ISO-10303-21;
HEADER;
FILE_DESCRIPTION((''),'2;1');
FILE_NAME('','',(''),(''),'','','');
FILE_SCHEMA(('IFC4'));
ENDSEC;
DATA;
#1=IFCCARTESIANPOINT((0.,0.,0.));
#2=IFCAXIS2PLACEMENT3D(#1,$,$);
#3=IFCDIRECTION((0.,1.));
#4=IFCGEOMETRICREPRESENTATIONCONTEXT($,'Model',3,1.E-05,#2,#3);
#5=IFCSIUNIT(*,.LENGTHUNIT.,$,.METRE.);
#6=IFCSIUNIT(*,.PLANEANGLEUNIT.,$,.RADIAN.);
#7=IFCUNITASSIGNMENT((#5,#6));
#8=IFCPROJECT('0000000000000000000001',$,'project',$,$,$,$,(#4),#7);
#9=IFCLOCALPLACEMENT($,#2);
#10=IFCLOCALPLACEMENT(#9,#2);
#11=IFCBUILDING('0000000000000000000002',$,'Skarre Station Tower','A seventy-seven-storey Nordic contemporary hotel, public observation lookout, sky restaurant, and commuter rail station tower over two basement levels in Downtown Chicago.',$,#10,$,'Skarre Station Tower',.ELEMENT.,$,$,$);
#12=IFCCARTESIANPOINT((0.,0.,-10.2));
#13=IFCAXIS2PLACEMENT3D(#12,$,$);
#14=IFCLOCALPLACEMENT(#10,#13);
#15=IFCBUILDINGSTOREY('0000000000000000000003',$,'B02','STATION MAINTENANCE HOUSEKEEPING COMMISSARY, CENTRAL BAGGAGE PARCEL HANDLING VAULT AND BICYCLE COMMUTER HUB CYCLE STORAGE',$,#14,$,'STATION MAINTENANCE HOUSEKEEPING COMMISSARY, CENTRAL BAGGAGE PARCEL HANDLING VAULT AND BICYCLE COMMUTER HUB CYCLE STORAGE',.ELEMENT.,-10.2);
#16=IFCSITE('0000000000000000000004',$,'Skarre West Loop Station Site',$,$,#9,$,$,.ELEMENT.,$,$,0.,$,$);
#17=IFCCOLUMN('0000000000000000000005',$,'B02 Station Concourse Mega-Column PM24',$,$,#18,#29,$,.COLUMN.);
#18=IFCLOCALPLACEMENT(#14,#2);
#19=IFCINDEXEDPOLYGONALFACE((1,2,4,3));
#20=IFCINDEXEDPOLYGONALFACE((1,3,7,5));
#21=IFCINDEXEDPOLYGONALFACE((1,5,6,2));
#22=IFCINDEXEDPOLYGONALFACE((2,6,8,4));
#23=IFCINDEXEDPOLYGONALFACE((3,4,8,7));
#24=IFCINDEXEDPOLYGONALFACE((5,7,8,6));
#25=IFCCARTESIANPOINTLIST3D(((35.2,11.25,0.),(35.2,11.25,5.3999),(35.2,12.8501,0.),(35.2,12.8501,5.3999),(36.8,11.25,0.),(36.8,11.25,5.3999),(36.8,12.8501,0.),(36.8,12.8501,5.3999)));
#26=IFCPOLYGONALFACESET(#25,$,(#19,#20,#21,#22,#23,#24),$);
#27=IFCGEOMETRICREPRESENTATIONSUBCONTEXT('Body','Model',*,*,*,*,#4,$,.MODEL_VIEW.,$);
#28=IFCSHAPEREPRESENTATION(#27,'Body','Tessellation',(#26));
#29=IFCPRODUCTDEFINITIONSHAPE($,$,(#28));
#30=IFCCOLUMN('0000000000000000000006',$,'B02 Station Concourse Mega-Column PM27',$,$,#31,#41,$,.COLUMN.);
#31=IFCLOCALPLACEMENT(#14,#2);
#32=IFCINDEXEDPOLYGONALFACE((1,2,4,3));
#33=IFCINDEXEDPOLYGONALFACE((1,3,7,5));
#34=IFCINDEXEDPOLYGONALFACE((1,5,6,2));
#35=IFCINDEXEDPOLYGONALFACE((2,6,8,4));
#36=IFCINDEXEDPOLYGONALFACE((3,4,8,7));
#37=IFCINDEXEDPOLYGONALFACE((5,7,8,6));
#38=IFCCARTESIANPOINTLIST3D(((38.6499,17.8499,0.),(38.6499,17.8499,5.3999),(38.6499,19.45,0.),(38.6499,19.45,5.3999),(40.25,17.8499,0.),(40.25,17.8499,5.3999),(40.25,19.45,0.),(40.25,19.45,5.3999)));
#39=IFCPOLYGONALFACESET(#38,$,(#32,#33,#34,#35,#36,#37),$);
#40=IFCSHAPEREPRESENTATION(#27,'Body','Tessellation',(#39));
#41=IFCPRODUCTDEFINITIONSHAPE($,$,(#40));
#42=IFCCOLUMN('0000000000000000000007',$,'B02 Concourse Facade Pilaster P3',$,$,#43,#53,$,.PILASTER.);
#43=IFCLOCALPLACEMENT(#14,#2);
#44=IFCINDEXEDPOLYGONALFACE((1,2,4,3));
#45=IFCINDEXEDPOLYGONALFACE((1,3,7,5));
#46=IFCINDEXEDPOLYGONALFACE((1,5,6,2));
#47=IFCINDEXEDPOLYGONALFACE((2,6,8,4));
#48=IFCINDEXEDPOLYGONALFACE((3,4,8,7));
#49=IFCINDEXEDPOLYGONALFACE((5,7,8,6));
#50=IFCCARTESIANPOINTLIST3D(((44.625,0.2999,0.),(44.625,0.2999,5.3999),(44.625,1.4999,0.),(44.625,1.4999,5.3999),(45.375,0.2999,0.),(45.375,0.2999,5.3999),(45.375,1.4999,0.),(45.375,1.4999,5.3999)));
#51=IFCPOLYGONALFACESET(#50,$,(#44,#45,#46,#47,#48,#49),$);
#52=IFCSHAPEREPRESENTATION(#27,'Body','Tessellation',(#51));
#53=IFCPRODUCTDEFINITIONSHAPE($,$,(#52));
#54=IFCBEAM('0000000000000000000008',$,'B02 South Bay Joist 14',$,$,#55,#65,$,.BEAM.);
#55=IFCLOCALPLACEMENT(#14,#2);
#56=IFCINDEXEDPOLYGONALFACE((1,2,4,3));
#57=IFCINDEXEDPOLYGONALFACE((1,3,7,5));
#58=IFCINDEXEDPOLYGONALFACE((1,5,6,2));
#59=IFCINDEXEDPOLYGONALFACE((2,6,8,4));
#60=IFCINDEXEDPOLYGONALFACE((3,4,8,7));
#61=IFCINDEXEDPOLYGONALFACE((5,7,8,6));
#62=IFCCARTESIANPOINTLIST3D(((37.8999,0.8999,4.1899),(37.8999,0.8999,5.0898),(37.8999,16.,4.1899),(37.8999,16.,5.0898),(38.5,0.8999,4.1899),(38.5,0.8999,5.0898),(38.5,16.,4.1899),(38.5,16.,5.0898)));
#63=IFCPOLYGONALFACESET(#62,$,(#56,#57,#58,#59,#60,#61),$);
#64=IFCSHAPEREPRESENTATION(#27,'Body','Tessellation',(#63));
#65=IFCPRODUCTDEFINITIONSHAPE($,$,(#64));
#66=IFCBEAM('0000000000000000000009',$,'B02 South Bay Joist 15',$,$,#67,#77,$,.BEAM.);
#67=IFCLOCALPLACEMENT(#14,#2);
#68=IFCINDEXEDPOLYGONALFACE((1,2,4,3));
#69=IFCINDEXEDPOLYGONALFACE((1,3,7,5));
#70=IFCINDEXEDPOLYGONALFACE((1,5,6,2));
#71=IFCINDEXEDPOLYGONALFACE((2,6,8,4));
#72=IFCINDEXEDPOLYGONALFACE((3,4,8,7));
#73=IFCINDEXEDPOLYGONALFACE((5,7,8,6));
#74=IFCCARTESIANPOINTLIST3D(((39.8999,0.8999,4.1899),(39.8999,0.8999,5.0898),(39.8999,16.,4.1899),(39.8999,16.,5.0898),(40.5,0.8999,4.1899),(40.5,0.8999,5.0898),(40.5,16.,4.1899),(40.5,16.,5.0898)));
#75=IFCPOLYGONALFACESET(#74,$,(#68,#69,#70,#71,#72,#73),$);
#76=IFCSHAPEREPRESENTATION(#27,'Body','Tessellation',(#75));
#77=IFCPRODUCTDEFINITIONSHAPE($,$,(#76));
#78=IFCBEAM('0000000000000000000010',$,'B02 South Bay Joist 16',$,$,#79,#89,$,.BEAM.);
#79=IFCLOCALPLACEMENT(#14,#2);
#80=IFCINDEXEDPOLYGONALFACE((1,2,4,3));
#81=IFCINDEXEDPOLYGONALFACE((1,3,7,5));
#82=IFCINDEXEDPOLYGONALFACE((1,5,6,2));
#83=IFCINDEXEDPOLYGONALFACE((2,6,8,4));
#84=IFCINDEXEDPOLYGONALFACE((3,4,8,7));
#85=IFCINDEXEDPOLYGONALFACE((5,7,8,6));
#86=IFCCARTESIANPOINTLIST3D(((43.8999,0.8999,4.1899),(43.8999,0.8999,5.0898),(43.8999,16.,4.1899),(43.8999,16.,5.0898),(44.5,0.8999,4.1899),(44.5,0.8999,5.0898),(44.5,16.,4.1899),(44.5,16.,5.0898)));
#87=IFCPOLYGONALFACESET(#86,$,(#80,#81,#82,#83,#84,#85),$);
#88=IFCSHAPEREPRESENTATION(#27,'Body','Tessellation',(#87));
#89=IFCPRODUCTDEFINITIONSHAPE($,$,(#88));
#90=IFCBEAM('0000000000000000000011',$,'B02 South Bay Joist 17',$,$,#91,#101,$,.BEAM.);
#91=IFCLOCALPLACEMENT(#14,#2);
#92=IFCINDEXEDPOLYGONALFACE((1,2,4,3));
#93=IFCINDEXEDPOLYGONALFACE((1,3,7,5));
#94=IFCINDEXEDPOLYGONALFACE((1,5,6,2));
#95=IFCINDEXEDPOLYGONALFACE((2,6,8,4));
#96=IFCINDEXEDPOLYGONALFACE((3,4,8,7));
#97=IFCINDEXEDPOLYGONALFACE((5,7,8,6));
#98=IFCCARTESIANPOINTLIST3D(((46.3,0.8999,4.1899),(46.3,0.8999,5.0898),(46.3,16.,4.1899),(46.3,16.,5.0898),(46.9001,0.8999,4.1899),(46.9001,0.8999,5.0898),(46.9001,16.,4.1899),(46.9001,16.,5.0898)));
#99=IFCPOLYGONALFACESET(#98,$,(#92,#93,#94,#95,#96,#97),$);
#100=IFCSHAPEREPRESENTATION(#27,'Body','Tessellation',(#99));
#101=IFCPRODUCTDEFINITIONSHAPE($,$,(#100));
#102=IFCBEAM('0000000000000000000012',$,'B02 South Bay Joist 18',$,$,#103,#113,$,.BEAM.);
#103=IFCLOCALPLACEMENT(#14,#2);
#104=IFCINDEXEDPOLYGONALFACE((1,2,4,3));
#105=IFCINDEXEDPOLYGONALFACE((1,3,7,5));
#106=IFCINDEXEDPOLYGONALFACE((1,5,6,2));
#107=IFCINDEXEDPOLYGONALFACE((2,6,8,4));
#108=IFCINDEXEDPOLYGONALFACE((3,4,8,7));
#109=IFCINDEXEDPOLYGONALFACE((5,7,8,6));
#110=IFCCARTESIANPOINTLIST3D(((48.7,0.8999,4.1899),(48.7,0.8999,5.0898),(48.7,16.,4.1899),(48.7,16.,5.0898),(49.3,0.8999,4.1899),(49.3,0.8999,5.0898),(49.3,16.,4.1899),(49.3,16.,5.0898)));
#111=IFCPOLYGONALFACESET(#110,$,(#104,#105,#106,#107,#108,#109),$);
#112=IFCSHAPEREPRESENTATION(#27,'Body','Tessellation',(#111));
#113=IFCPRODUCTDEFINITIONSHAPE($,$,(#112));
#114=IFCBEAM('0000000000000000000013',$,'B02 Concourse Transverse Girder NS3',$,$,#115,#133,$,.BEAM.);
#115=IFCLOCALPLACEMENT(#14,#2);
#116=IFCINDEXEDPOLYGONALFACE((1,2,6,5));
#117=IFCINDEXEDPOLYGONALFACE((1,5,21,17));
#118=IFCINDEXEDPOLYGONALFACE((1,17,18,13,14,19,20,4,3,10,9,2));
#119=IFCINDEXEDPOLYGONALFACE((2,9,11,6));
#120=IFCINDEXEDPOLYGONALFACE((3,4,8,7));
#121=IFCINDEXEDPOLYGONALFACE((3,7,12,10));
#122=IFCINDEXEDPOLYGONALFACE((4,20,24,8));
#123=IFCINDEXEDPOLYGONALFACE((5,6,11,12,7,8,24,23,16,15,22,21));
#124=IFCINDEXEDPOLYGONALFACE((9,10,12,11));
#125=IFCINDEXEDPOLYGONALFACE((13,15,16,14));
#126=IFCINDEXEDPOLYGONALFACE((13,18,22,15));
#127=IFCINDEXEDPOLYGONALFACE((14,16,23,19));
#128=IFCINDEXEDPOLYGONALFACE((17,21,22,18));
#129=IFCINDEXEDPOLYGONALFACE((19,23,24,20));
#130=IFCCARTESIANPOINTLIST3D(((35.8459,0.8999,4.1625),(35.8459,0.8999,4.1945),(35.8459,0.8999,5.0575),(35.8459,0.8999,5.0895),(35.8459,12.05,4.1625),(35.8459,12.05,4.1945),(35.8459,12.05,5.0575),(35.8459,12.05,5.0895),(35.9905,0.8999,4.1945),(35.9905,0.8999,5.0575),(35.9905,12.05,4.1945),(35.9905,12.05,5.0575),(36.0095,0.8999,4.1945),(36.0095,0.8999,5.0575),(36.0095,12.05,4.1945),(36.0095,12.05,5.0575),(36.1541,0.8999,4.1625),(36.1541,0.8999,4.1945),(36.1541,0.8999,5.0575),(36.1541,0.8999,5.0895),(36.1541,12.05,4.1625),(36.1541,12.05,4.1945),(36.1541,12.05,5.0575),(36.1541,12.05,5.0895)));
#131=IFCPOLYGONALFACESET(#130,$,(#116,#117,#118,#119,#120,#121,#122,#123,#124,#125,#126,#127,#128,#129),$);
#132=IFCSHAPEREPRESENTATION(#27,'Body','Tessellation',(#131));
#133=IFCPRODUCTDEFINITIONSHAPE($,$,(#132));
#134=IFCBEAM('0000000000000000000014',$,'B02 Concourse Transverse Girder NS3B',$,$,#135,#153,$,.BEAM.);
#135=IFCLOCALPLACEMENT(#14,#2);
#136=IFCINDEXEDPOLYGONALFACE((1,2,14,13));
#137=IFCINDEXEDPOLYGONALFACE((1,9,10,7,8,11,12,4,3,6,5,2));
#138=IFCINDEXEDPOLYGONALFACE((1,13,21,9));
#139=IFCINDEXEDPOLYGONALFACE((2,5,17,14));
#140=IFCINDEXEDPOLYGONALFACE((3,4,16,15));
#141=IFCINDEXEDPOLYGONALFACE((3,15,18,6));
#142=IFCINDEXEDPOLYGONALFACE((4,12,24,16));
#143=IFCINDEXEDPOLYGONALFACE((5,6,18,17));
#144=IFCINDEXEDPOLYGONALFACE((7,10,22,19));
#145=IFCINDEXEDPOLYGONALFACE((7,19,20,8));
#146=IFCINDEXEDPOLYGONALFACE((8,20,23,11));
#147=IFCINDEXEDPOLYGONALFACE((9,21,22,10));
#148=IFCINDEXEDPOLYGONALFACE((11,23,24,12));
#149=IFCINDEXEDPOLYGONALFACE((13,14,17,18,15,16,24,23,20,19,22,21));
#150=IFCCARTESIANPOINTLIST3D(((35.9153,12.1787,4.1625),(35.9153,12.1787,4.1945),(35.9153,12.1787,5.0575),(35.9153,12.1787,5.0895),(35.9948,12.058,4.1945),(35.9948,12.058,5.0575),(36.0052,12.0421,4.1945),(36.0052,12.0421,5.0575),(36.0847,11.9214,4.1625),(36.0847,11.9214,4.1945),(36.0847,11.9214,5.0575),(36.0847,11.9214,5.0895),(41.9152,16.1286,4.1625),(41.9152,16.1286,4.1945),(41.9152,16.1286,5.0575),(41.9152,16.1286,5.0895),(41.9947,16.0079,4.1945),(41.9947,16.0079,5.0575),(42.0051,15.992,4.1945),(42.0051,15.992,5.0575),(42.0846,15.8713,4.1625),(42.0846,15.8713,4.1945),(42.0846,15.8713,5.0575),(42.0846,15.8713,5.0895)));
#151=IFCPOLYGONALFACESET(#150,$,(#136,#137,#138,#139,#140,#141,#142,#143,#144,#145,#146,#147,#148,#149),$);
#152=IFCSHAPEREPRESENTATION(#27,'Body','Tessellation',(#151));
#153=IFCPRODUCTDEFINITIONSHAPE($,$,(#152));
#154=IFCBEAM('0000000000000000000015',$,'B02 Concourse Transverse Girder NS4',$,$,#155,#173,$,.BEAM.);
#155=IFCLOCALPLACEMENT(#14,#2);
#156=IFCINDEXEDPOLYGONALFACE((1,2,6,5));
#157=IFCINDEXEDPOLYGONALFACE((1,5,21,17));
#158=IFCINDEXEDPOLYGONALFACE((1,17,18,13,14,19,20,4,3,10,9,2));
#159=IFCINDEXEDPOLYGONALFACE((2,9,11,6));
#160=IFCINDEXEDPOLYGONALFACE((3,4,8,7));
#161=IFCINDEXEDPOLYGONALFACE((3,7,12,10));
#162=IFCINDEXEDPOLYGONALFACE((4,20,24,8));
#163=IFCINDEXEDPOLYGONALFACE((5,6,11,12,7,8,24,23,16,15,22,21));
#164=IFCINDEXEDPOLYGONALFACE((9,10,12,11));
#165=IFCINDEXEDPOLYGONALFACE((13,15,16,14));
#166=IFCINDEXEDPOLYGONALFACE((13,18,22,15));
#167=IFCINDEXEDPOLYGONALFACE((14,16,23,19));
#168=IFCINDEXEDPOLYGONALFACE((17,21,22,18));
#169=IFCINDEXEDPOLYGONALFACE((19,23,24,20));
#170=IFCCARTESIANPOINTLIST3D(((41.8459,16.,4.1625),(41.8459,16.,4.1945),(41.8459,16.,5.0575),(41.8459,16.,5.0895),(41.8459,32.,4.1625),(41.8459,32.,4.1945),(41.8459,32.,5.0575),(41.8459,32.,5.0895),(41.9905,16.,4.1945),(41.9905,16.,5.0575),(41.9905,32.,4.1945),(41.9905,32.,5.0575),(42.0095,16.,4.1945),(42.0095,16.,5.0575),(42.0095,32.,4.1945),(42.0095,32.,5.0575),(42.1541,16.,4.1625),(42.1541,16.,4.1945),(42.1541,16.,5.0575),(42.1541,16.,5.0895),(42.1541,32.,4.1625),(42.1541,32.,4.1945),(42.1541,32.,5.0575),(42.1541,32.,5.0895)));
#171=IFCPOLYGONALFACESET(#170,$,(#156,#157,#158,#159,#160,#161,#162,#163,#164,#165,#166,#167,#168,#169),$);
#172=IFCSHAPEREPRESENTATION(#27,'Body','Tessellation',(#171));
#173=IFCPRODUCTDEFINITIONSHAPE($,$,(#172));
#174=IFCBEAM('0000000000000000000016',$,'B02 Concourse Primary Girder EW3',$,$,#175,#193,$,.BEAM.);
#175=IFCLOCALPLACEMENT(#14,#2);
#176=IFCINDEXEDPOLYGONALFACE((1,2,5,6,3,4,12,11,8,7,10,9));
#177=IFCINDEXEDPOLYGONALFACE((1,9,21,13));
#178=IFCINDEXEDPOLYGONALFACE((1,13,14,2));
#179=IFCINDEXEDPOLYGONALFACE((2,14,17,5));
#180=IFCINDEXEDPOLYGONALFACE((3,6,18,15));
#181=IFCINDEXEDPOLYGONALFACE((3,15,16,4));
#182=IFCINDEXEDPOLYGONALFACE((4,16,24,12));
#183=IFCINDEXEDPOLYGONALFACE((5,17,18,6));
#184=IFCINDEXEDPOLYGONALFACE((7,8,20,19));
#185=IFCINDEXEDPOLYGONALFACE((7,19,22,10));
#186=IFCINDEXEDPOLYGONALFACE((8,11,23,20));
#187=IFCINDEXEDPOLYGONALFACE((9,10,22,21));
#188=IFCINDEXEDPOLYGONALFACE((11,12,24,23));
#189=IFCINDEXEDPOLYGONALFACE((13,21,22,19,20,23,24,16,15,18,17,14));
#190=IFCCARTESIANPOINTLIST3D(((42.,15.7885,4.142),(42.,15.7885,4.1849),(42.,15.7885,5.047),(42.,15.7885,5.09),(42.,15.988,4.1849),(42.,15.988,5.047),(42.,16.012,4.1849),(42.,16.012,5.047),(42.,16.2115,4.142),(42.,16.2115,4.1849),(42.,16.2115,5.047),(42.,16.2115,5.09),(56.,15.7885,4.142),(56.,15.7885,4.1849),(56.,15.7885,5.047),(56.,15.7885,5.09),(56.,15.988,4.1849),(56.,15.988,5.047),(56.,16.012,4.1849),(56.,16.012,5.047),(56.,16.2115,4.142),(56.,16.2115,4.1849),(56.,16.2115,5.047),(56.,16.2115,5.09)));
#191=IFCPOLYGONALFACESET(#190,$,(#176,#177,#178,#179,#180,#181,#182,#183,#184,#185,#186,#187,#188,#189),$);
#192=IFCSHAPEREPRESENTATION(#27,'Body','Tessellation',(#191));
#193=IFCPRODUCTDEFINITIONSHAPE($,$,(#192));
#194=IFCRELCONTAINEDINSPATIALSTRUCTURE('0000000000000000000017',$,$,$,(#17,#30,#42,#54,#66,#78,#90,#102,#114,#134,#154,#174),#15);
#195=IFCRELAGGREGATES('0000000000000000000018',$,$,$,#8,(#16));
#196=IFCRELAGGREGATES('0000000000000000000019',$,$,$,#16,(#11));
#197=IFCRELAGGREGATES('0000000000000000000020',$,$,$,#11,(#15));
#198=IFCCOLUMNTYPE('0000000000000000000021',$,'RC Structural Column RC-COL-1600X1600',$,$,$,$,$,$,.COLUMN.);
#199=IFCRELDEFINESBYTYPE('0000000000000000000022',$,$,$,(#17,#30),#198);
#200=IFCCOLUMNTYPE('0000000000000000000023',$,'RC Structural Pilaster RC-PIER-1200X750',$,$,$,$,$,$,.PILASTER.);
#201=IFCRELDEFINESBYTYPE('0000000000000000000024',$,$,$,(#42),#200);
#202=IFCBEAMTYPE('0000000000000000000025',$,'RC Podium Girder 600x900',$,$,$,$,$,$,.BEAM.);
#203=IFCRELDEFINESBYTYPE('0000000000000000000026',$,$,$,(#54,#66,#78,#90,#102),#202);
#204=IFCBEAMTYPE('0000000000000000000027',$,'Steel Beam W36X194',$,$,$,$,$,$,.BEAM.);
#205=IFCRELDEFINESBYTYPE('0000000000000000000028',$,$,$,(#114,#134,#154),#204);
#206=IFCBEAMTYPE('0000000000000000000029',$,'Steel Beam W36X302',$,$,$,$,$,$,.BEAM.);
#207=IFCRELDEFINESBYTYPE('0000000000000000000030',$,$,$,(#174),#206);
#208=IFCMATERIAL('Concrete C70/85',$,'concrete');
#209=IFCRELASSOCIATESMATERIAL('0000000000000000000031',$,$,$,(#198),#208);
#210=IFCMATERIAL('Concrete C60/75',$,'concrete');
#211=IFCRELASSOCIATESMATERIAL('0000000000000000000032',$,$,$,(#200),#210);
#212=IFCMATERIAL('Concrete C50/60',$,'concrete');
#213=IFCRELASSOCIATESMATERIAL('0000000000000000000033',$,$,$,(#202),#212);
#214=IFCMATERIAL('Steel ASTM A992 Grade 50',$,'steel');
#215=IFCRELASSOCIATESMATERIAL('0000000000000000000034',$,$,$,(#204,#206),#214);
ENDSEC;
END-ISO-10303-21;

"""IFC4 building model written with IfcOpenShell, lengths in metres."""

from ifc_helpers import new_model, si_unit, direction, frame, origin, origin_2d, place, context, subcontext, project, spatial, rectangle, i_section, extrude, material, material_profile, profile_set, type_object, element, save


model = new_model("IFC4")

# Units and contexts
model_context = context("Model", 3, precision=1e-05, world=origin(), true_north=direction((0.0, 1.0)))
body_context = subcontext(model_context, "Body", "Model", "MODEL_VIEW")
ifc_project = project(units=[si_unit("LENGTHUNIT", "METRE"), si_unit("PLANEANGLEUNIT", "RADIAN")], contexts=[model_context])

# Site, building, storey
site_placement = place(None, origin())
site = spatial("IfcSite", under=ifc_project, at=site_placement, Name="Skarre West Loop Station Site", CompositionType="ELEMENT", RefElevation=0.0)
building_placement = place(site_placement, origin())
building = spatial("IfcBuilding", under=site, at=building_placement, Name="Skarre Station Tower", Description="A seventy-seven-storey Nordic contemporary hotel, public observation lookout, sky restaurant, and commuter rail station tower over two basement levels in Downtown Chicago.", LongName="Skarre Station Tower", CompositionType="ELEMENT")
storey_placement = place(building_placement, frame((0.0, 0.0, -10.2)))
storey = spatial("IfcBuildingStorey", under=building, at=storey_placement, Name="B02", Description="STATION MAINTENANCE HOUSEKEEPING COMMISSARY, CENTRAL BAGGAGE PARCEL HANDLING VAULT AND BICYCLE COMMUTER HUB CYCLE STORAGE", LongName="STATION MAINTENANCE HOUSEKEEPING COMMISSARY, CENTRAL BAGGAGE PARCEL HANDLING VAULT AND BICYCLE COMMUTER HUB CYCLE STORAGE", CompositionType="ELEMENT", Elevation=-10.2)

# Shared definitions
ifc_material_1 = material(Name="Concrete C50/60", Category="concrete")

# Columns
ifc_material_2 = material(Name="Concrete C70/85", Category="concrete")
ifc_material_profile_1 = material_profile(ifc_material_2, rectangle(XDim=1.6001, YDim=1.6001, at=origin_2d()), Name="Concrete C70/85")
ifc_profile_set_1 = profile_set([ifc_material_profile_1], Name="Concrete C70/85")
column_type_1 = type_object("IfcColumnType", Name="RC Structural Column RC-COL-1600X1600", PredefinedType="COLUMN", material=ifc_profile_set_1)
for number, where, z_axis, x_axis, name in (
    (1, (36.0, 12.05, 0.0), (0.0, 0.0, 1.0), (1.0, 0.0, 0.0), "B02 Station Concourse Mega-Column PM24"),
    (2, (39.45, 18.6499, 0.0), (0.0, 0.0, 1.0), (1.0, 0.0, 0.0), "B02 Station Concourse Mega-Column PM27"),
):
    element("IfcColumn", number, at=place(storey_placement, frame(where, z_axis=z_axis, x_axis=x_axis)), inside=storey, type_object=column_type_1, Name=name, PredefinedType="COLUMN", context=body_context, shape_type="SweptSolid", body=[
        extrude(rectangle(XDim=1.6001, YDim=1.6001, at=origin_2d()), origin(), (0.0, 0.0, 1.0), 5.3999),
    ])
ifc_material_3 = material(Name="Concrete C60/75", Category="concrete")
ifc_material_profile_2 = material_profile(ifc_material_3, rectangle(XDim=0.75, YDim=1.2, at=origin_2d()), Name="Concrete C60/75")
ifc_profile_set_2 = profile_set([ifc_material_profile_2], Name="Concrete C60/75")
column_type_2 = type_object("IfcColumnType", Name="RC Structural Pilaster RC-PIER-1200X750", PredefinedType="PILASTER", material=ifc_profile_set_2)
column_placement = place(storey_placement, frame((45.0, 0.8999, 0.0), z_axis=(0.0, 0.0, 1.0), x_axis=(1.0, 0.0, 0.0)))
element("IfcColumn", 3, at=column_placement, inside=storey, type_object=column_type_2, Name="B02 Concourse Facade Pilaster P3", PredefinedType="PILASTER", context=body_context, shape_type="SweptSolid", body=[
    extrude(rectangle(XDim=0.75, YDim=1.2, at=origin_2d()), origin(), (0.0, 0.0, 1.0), 5.3999),
])

# Beams
ifc_material_profile_3 = material_profile(ifc_material_1, rectangle(XDim=0.6001, YDim=0.8999, at=origin_2d()), Name="Concrete C50/60")
ifc_profile_set_3 = profile_set([ifc_material_profile_3], Name="Concrete C50/60")
beam_type_1 = type_object("IfcBeamType", Name="RC Podium Girder 600x900", PredefinedType="BEAM", material=ifc_profile_set_3)
for number, where, z_axis, x_axis, name in (
    (4, (38.2, 0.8999, 4.6399), (0.0, 1.0, 0.0), (-1.0, 0.0, 0.0), "B02 South Bay Joist 14"),
    (5, (40.2, 0.8999, 4.6399), (0.0, 1.0, 0.0), (-1.0, 0.0, 0.0), "B02 South Bay Joist 15"),
    (6, (44.2, 0.8999, 4.6399), (0.0, 1.0, 0.0), (-1.0, 0.0, 0.0), "B02 South Bay Joist 16"),
    (7, (46.6001, 0.8999, 4.6399), (0.0, 1.0, 0.0), (-1.0, 0.0, 0.0), "B02 South Bay Joist 17"),
    (8, (49.0, 0.8999, 4.6399), (0.0, 1.0, 0.0), (-1.0, 0.0, 0.0), "B02 South Bay Joist 18"),
):
    element("IfcBeam", number, at=place(storey_placement, frame(where, z_axis=z_axis, x_axis=x_axis)), inside=storey, type_object=beam_type_1, Name=name, PredefinedType="BEAM", context=body_context, shape_type="SweptSolid", body=[
        extrude(rectangle(XDim=0.6001, YDim=0.8999, at=origin_2d()), origin(), (0.0, 0.0, 1.0), 15.1001),
    ])
ifc_material_4 = material(Name="Steel ASTM A992 Grade 50", Category="steel")
ifc_material_profile_4 = material_profile(ifc_material_4, i_section(OverallWidth=0.3081, OverallDepth=0.927, WebThickness=0.019, FlangeThickness=0.032, at=origin_2d()), Name="Steel ASTM A992 Grade 50")
ifc_profile_set_4 = profile_set([ifc_material_profile_4], Name="Steel ASTM A992 Grade 50")
beam_type_2 = type_object("IfcBeamType", Name="Steel Beam W36X194", PredefinedType="BEAM", material=ifc_profile_set_4)
beam_1_placement = place(storey_placement, frame((36.0, 0.8999, 4.626), z_axis=(0.0, 1.0, 0.0), x_axis=(-1.0, 0.0, 0.0)))
element("IfcBeam", 9, at=beam_1_placement, inside=storey, type_object=beam_type_2, Name="B02 Concourse Transverse Girder NS3", PredefinedType="BEAM", context=body_context, shape_type="SweptSolid", body=[
    extrude(i_section(OverallWidth=0.3081, OverallDepth=0.927, WebThickness=0.019, FlangeThickness=0.032, at=origin_2d()), origin(), (0.0, 0.0, 1.0), 11.1501),
])
beam_2_placement = place(storey_placement, frame((36.0, 12.05, 4.626), z_axis=(0.835252, 0.549867, 0.0), x_axis=(-0.549867, 0.835252, 0.0)))
element("IfcBeam", 10, at=beam_2_placement, inside=storey, type_object=beam_type_2, Name="B02 Concourse Transverse Girder NS3B", PredefinedType="BEAM", context=body_context, shape_type="SweptSolid", body=[
    extrude(i_section(OverallWidth=0.3081, OverallDepth=0.927, WebThickness=0.019, FlangeThickness=0.032, at=origin_2d()), origin(), (0.0, 0.0, 1.0), 7.1833),
])
beam_3_placement = place(storey_placement, frame((42.0, 16.0, 4.626), z_axis=(0.0, 1.0, 0.0), x_axis=(-1.0, 0.0, 0.0)))
element("IfcBeam", 11, at=beam_3_placement, inside=storey, type_object=beam_type_2, Name="B02 Concourse Transverse Girder NS4", PredefinedType="BEAM", context=body_context, shape_type="SweptSolid", body=[
    extrude(i_section(OverallWidth=0.3081, OverallDepth=0.927, WebThickness=0.019, FlangeThickness=0.032, at=origin_2d()), origin(), (0.0, 0.0, 1.0), 16.0),
])
ifc_material_profile_5 = material_profile(ifc_material_4, i_section(OverallWidth=0.4231, OverallDepth=0.948, WebThickness=0.0239, FlangeThickness=0.043, at=origin_2d()), Name="Steel ASTM A992 Grade 50")
ifc_profile_set_5 = profile_set([ifc_material_profile_5], Name="Steel ASTM A992 Grade 50")
beam_type_3 = type_object("IfcBeamType", Name="Steel Beam W36X302", PredefinedType="BEAM", material=ifc_profile_set_5)
beam_4_placement = place(storey_placement, frame((42.0, 16.0, 4.616), z_axis=(1.0, 0.0, 0.0), x_axis=(0.0, 1.0, 0.0)))
element("IfcBeam", 12, at=beam_4_placement, inside=storey, type_object=beam_type_3, Name="B02 Concourse Primary Girder EW3", PredefinedType="BEAM", context=body_context, shape_type="SweptSolid", body=[
    extrude(i_section(OverallWidth=0.4231, OverallDepth=0.948, WebThickness=0.0239, FlangeThickness=0.043, at=origin_2d()), origin(), (0.0, 0.0, 1.0), 14.0),
])

save(model, "model.ifc")
